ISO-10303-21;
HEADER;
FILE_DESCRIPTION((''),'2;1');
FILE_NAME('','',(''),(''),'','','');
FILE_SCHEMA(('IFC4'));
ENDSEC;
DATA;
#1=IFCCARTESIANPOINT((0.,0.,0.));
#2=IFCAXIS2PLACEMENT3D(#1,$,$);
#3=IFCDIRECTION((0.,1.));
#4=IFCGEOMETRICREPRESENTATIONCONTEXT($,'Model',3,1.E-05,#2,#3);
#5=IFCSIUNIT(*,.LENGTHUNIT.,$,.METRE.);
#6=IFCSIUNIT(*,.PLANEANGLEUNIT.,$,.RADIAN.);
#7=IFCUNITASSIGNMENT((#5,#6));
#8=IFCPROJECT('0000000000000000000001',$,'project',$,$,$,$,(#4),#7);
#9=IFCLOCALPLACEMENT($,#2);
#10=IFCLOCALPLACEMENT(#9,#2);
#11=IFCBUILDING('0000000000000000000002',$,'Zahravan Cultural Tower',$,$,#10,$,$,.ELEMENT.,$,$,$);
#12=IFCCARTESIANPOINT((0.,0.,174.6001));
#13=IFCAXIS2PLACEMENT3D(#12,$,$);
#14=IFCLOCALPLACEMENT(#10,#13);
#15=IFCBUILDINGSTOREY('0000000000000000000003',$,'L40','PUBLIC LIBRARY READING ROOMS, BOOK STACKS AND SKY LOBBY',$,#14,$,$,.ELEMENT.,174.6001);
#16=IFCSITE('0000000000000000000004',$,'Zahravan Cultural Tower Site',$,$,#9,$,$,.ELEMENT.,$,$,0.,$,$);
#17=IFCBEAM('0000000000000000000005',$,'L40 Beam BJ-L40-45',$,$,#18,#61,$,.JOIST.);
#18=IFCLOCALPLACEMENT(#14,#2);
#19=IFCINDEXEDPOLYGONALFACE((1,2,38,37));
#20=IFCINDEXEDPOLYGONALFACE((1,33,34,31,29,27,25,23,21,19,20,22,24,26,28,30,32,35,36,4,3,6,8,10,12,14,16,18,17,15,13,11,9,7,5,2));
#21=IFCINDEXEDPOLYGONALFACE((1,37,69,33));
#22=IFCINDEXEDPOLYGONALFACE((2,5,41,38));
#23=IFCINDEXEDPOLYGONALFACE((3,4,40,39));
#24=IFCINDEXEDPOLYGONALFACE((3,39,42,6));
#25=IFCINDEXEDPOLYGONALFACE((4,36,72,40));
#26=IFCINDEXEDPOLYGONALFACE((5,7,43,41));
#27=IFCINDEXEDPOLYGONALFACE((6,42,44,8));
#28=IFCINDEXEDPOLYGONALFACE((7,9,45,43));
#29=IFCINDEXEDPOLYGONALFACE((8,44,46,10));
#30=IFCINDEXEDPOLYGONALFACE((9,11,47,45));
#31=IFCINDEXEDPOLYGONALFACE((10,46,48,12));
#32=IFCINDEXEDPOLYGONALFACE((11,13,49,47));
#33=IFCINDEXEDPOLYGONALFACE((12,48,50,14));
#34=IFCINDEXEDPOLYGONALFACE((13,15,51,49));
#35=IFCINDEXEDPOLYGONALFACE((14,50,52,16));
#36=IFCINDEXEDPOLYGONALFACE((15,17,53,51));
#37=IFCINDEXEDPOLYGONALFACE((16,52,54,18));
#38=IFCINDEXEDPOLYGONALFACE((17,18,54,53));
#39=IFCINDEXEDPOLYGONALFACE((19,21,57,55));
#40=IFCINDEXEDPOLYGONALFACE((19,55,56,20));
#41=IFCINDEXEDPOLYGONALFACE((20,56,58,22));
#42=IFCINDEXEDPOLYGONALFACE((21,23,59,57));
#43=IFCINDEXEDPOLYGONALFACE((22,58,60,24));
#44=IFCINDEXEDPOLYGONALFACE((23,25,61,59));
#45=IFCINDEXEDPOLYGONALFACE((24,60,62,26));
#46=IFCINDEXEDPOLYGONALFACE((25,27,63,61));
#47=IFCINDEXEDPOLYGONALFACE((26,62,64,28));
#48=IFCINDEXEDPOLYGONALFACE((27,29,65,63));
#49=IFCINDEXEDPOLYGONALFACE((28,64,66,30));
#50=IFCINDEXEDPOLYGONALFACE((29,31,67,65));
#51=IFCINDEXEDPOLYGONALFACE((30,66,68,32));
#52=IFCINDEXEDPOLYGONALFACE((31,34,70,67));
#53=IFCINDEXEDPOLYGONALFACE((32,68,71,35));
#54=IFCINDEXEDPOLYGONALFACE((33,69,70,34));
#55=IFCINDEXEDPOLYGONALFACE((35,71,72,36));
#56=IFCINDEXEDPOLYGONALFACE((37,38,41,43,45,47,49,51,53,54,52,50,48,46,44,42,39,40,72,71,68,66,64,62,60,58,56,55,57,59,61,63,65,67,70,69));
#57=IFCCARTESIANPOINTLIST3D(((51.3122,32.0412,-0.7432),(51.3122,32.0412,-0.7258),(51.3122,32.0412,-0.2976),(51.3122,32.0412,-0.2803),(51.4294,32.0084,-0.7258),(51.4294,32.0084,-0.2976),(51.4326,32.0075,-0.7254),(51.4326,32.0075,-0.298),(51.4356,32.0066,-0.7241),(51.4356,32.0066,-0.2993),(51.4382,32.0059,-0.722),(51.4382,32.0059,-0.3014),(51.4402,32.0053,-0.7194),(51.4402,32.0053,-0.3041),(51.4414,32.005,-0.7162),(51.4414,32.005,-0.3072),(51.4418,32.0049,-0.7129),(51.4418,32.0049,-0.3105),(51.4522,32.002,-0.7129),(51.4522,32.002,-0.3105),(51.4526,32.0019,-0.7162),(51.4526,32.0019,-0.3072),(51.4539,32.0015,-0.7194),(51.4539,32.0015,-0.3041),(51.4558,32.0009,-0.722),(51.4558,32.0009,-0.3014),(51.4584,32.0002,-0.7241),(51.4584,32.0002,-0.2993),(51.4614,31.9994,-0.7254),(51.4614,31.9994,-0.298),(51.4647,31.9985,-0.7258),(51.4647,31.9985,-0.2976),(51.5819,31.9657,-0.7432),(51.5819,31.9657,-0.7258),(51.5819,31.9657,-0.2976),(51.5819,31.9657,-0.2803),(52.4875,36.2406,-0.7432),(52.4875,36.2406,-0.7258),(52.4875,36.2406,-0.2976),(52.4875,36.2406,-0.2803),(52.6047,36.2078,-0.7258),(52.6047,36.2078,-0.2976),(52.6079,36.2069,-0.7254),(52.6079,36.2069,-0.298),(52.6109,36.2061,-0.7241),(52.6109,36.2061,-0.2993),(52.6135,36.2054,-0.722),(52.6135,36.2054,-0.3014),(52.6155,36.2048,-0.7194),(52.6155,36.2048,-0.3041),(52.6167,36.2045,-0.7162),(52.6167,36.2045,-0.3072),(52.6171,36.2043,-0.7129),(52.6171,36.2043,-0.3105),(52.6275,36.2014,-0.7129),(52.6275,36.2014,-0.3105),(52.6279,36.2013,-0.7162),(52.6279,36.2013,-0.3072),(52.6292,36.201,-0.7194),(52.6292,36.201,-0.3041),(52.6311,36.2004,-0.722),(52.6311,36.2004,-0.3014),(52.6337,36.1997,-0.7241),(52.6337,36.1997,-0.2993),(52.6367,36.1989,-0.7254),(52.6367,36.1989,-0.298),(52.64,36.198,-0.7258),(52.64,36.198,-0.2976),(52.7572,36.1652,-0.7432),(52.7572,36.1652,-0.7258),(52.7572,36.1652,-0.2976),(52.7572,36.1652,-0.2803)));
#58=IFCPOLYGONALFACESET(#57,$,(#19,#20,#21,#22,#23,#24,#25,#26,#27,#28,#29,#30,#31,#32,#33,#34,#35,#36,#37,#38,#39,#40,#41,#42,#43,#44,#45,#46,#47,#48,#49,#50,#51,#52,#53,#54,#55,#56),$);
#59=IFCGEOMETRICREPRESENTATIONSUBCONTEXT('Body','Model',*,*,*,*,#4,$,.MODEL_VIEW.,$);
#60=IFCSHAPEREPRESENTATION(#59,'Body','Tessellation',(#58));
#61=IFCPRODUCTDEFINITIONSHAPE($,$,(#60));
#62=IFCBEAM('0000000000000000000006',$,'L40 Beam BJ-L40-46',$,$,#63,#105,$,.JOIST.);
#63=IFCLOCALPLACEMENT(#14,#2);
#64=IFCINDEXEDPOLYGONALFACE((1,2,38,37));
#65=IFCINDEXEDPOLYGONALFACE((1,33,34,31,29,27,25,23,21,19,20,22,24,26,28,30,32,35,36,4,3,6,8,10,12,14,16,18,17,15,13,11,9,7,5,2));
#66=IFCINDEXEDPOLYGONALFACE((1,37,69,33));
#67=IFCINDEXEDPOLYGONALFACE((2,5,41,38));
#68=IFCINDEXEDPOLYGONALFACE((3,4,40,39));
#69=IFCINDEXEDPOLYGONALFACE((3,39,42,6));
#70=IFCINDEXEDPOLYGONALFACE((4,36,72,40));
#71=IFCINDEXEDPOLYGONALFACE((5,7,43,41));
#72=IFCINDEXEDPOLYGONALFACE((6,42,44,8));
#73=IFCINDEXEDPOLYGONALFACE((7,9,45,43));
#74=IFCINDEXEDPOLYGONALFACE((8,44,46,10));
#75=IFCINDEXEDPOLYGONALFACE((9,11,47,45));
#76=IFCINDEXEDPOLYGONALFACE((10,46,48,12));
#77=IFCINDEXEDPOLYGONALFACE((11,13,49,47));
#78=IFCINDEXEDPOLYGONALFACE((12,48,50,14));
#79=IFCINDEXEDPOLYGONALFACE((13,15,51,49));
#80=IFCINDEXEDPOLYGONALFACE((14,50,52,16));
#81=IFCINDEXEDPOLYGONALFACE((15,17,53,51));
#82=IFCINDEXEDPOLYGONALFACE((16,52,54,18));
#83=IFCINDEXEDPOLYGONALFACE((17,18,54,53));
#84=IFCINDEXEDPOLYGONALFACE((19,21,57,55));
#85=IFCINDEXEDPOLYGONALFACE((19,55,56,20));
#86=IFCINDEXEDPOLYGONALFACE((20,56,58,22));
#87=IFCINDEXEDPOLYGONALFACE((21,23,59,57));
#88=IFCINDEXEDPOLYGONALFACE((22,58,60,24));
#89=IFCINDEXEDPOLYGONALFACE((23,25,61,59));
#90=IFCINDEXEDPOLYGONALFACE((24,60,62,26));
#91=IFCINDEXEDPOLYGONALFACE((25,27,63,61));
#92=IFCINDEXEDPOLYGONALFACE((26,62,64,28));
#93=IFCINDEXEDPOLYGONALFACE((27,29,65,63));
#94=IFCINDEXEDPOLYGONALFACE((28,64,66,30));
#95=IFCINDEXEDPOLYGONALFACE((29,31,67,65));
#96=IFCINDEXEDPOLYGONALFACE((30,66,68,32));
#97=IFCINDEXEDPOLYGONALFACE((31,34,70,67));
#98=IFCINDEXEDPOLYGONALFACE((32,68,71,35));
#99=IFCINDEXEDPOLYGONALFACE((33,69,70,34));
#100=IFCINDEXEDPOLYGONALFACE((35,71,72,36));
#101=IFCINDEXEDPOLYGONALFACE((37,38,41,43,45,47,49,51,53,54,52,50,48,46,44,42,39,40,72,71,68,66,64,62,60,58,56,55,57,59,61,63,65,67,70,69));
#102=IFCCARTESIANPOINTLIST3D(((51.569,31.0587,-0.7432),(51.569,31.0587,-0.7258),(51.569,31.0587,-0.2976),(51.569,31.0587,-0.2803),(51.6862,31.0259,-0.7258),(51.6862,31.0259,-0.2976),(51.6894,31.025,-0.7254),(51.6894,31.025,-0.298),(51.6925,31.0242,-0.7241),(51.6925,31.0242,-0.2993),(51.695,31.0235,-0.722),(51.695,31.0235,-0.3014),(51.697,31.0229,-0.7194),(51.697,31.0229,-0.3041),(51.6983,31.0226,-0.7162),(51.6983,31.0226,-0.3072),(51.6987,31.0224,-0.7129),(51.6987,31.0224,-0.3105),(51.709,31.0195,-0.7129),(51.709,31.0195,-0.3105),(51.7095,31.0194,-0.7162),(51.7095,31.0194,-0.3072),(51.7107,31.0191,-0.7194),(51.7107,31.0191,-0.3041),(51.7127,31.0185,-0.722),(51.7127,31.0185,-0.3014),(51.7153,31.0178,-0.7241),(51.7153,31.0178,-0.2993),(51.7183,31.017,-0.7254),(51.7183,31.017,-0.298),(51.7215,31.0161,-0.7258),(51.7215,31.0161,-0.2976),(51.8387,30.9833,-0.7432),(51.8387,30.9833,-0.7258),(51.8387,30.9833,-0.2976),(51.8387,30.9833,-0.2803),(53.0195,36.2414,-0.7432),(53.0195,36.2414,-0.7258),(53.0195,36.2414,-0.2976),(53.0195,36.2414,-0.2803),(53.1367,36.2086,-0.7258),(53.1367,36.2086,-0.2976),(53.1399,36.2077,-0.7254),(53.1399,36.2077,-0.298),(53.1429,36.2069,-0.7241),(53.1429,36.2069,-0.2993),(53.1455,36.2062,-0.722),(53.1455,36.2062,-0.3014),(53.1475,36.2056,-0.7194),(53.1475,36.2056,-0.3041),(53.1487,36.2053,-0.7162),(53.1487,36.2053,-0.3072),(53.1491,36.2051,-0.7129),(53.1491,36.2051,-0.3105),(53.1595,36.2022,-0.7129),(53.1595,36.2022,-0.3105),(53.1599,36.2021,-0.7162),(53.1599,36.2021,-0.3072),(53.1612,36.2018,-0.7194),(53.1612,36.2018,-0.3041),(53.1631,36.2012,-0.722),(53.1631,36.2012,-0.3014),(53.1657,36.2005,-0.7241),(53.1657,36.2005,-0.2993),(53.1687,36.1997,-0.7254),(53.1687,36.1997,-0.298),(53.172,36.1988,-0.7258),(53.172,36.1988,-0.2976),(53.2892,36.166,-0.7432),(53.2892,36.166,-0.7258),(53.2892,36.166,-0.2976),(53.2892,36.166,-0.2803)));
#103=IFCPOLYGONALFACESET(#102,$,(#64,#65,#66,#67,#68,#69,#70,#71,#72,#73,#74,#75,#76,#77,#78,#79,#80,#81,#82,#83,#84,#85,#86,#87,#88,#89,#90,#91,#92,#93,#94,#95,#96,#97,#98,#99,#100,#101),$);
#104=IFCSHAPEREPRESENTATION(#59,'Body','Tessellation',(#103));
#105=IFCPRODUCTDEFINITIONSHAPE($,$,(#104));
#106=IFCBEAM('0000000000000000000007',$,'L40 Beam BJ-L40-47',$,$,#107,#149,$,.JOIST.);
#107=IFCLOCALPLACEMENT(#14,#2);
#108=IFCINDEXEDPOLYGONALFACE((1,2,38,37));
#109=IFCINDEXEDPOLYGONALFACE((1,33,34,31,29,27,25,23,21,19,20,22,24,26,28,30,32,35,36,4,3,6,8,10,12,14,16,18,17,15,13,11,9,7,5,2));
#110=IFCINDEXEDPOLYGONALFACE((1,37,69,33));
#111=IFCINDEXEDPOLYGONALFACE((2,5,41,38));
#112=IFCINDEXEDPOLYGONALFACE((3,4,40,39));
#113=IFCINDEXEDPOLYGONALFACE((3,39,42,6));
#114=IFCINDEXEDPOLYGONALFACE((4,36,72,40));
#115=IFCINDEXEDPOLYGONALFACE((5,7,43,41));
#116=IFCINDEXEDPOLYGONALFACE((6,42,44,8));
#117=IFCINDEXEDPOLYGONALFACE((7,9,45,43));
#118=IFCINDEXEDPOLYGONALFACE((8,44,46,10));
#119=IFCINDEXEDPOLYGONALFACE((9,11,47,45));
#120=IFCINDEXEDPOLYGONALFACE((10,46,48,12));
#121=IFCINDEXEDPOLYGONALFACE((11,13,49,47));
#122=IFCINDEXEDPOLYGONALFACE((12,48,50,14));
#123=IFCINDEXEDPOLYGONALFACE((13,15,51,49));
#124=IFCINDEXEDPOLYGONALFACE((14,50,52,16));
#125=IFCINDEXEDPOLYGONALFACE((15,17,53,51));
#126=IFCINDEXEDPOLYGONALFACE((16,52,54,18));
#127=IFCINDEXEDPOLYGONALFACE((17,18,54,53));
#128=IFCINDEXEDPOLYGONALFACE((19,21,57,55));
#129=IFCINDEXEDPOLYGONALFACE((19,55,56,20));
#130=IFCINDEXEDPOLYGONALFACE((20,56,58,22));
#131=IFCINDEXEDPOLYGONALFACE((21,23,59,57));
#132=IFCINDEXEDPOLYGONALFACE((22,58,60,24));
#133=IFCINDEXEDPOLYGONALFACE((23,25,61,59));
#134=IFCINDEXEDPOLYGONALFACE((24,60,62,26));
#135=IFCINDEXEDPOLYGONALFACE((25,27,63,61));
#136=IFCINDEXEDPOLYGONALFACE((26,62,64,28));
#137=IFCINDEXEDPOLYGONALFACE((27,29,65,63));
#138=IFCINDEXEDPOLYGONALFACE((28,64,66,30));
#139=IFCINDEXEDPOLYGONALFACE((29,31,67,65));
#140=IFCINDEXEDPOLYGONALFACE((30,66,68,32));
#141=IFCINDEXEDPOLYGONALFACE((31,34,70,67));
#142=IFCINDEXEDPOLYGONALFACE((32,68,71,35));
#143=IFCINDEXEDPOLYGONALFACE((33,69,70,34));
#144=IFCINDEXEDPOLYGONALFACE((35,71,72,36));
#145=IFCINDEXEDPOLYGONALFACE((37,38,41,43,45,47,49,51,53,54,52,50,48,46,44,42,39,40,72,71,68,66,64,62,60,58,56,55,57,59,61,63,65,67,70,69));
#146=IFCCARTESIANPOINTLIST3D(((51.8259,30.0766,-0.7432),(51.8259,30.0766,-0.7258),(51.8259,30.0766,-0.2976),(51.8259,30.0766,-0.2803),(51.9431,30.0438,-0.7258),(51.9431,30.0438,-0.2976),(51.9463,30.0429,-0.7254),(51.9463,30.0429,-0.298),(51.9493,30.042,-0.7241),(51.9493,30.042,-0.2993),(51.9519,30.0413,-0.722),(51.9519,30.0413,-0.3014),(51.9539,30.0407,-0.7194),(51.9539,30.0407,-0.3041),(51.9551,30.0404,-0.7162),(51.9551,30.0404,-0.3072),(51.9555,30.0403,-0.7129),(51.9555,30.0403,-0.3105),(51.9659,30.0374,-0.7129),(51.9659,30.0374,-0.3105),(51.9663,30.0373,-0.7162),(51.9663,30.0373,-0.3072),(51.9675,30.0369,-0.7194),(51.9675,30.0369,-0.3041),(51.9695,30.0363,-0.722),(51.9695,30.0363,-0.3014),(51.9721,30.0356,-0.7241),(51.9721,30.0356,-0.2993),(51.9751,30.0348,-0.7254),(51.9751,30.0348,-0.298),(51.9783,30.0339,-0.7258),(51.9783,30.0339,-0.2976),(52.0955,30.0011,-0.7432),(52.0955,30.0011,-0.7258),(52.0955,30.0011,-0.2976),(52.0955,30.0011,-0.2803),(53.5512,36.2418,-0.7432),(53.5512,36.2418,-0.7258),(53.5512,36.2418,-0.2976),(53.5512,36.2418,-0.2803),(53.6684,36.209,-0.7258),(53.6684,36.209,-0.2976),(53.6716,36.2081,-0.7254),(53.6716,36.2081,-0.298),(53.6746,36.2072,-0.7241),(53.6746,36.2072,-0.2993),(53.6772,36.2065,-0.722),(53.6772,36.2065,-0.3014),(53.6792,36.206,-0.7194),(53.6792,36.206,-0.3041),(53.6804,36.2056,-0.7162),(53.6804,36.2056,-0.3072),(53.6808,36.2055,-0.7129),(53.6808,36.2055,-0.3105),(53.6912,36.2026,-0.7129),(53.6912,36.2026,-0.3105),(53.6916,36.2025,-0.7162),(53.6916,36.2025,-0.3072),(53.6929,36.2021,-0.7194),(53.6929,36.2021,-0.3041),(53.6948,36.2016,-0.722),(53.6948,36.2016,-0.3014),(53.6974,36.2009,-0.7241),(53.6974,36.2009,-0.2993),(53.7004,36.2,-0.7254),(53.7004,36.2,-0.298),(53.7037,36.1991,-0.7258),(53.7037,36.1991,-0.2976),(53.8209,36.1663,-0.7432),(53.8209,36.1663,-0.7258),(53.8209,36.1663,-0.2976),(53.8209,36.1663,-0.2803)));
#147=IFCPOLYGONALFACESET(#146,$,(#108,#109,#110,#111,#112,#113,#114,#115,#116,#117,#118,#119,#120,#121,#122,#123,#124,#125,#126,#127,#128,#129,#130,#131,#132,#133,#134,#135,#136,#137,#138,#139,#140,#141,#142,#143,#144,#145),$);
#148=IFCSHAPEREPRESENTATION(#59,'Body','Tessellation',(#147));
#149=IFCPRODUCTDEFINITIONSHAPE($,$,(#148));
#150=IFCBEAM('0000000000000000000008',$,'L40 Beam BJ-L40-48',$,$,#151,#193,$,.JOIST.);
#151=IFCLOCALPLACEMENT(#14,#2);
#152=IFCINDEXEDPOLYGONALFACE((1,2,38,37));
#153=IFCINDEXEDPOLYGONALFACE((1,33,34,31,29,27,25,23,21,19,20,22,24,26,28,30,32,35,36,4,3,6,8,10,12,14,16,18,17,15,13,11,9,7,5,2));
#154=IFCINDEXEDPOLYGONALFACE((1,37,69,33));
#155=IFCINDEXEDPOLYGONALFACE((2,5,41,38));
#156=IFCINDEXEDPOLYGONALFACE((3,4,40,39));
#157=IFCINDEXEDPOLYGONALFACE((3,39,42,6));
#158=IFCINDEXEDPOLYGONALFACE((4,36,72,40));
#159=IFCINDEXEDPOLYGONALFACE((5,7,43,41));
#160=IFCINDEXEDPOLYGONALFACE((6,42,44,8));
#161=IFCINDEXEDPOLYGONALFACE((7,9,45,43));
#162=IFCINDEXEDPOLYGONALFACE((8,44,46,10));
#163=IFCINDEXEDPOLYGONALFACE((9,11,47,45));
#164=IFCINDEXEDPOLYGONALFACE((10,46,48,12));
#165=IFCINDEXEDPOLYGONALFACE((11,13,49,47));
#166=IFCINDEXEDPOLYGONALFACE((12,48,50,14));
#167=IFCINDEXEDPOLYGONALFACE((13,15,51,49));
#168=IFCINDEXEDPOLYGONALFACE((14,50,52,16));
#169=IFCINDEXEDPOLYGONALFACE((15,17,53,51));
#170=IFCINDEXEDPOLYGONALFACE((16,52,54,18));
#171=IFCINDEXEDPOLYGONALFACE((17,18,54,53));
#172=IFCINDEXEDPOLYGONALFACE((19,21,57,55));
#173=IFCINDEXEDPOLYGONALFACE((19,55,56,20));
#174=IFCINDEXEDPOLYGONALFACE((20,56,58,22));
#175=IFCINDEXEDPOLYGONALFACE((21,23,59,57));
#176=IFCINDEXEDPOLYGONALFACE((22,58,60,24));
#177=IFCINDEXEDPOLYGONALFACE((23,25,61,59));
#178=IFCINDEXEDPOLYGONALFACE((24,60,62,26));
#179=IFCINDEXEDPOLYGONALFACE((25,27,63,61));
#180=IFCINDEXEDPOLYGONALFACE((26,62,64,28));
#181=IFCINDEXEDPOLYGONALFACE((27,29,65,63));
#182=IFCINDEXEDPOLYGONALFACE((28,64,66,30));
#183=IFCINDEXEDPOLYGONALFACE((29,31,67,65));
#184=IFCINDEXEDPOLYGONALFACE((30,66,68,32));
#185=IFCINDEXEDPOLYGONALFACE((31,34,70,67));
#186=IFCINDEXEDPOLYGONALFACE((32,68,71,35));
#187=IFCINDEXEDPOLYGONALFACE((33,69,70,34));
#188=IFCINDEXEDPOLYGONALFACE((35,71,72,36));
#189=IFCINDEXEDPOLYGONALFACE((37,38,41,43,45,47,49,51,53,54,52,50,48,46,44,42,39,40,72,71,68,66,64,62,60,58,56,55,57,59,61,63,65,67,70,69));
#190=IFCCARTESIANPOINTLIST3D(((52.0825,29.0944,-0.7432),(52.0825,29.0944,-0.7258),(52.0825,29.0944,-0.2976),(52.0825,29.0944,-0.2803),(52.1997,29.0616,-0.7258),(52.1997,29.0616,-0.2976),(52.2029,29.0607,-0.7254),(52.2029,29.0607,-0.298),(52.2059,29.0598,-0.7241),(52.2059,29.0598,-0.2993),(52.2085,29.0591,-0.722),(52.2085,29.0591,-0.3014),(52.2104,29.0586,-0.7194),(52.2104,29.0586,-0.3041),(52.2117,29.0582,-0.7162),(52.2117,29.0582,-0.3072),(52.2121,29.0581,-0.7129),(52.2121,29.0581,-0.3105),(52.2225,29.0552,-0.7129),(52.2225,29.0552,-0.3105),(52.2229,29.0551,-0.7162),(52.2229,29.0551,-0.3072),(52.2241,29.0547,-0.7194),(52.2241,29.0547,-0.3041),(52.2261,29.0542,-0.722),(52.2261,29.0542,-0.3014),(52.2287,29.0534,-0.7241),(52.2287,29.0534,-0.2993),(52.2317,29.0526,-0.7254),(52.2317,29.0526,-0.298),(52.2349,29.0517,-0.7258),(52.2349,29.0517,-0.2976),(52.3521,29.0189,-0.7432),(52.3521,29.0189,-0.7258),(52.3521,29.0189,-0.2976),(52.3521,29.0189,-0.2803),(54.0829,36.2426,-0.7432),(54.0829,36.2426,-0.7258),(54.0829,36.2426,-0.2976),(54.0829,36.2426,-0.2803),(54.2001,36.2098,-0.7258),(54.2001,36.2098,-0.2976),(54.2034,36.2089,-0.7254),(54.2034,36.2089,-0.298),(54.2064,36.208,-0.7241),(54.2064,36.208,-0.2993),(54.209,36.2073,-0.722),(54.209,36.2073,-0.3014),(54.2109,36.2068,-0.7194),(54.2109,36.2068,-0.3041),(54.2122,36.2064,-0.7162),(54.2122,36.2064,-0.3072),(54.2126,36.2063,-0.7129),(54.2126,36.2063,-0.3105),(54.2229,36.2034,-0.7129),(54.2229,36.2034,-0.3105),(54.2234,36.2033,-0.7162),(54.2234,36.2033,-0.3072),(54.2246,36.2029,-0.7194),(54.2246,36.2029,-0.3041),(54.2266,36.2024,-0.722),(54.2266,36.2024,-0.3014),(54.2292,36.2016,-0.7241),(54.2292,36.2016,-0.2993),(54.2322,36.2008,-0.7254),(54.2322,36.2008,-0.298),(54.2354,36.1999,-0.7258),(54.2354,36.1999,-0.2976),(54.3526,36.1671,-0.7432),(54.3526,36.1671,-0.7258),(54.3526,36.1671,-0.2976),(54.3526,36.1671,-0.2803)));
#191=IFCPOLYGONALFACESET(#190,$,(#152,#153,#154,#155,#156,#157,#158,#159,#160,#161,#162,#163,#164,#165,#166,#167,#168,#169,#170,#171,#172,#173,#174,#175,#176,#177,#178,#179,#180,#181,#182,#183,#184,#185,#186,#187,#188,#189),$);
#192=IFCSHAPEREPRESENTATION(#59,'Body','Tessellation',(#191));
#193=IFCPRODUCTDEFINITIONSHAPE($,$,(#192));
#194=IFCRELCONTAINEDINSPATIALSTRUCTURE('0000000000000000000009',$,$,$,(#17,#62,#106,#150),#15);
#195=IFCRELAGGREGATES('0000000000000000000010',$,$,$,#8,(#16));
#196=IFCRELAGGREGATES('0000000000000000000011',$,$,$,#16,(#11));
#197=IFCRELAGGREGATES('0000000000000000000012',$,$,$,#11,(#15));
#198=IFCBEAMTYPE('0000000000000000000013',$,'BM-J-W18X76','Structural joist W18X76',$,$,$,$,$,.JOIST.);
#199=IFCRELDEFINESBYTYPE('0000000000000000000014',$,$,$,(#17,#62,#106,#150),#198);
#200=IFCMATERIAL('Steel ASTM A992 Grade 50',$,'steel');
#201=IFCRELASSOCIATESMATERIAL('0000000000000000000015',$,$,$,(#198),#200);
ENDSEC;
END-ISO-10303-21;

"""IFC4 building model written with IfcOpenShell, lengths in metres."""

from ifc_helpers import new_model, si_unit, direction, frame, origin, origin_2d, place, context, subcontext, project, spatial, i_section, extrude, source, transform, mapped, material, material_profile, profile_set, type_object, element, save


model = new_model("IFC4")

# Units and contexts
model_context = context("Model", 3, precision=1e-05, world=origin(), true_north=direction((0.0, 1.0)))
body_context = subcontext(model_context, "Body", "Model", "MODEL_VIEW")
ifc_project = project(units=[si_unit("LENGTHUNIT", "METRE"), si_unit("PLANEANGLEUNIT", "RADIAN")], contexts=[model_context])

# Site, building, storey
site_placement = place(None, origin())
site = spatial("IfcSite", under=ifc_project, at=site_placement, Name="Zahravan Cultural Tower Site", CompositionType="ELEMENT", RefElevation=0.0)
building_placement = place(site_placement, origin())
building = spatial("IfcBuilding", under=site, at=building_placement, Name="Zahravan Cultural Tower", CompositionType="ELEMENT")
storey_placement = place(building_placement, frame((0.0, 0.0, 174.6001)))
storey = spatial("IfcBuildingStorey", under=building, at=storey_placement, Name="L40", Description="PUBLIC LIBRARY READING ROOMS, BOOK STACKS AND SKY LOBBY", CompositionType="ELEMENT", Elevation=174.6001)

# Shared definitions
ifc_material_1 = material(Name="Steel ASTM A992 Grade 50", Category="steel")

# Beams
ifc_material_profile_1 = material_profile(ifc_material_1, i_section(OverallWidth=0.28, OverallDepth=0.4629, WebThickness=0.0107, FlangeThickness=0.0173, FilletRadius=0.0129, at=origin_2d()), Name="W18X76")
ifc_profile_set_1 = profile_set([ifc_material_profile_1], Name="Steel ASTM A992 Grade 50")
beam_type_1 = type_object("IfcBeamType", Name="BM-J-W18X76", Description="Structural joist W18X76", PredefinedType="JOIST", material=ifc_profile_set_1)
shared_shape_1 = source(origin(), body_context, "Body", "SweptSolid", [
    extrude(i_section(OverallWidth=0.28, OverallDepth=0.4629, WebThickness=0.0107, FlangeThickness=0.0173, FilletRadius=0.0129, at=origin_2d()), origin(), (0.0, 0.0, 1.0), 4.3608),
])
beam_1_placement = place(storey_placement, frame((51.447, 32.0034, -0.5117), z_axis=(0.269512, 0.962997, 0.0), x_axis=(-0.962997, 0.269512, 0.0)))
element("IfcBeam", 1, at=beam_1_placement, inside=storey, type_object=beam_type_1, Name="L40 Beam BJ-L40-45", PredefinedType="JOIST", context=body_context, shape_type="MappedRepresentation", body=[
    mapped(shared_shape_1, transform((0.0, 0.0, 0.0), x_axis=(1.0, 0.0, 0.0), y_axis=(0.0, 1.0, 0.0), z_axis=(0.0, 0.0, 1.0), scale=1.0)),
])
shared_shape_2 = source(origin(), body_context, "Body", "SweptSolid", [
    extrude(i_section(OverallWidth=0.28, OverallDepth=0.4629, WebThickness=0.0107, FlangeThickness=0.0173, FilletRadius=0.0129, at=origin_2d()), origin(), (0.0, 0.0, 1.0), 5.3818),
])
beam_2_placement = place(storey_placement, frame((51.7039, 31.021, -0.5117), z_axis=(0.26951, 0.962997, 0.0), x_axis=(-0.962997, 0.26951, 0.0)))
element("IfcBeam", 2, at=beam_2_placement, inside=storey, type_object=beam_type_1, Name="L40 Beam BJ-L40-46", PredefinedType="JOIST", context=body_context, shape_type="MappedRepresentation", body=[
    mapped(shared_shape_2, transform((0.0, 0.0, 0.0), x_axis=(1.0, 0.0, 0.0), y_axis=(0.0, 1.0, 0.0), z_axis=(0.0, 0.0, 1.0), scale=1.0)),
])
shared_shape_3 = source(origin(), body_context, "Body", "SweptSolid", [
    extrude(i_section(OverallWidth=0.28, OverallDepth=0.4629, WebThickness=0.0107, FlangeThickness=0.0173, FilletRadius=0.0129, at=origin_2d()), origin(), (0.0, 0.0, 1.0), 6.4021),
])
beam_3_placement = place(storey_placement, frame((51.9607, 30.0388, -0.5117), z_axis=(0.269494, 0.963002, 0.0), x_axis=(-0.963002, 0.269494, 0.0)))
element("IfcBeam", 3, at=beam_3_placement, inside=storey, type_object=beam_type_1, Name="L40 Beam BJ-L40-47", PredefinedType="JOIST", context=body_context, shape_type="MappedRepresentation", body=[
    mapped(shared_shape_3, transform((0.0, 0.0, 0.0), x_axis=(1.0, 0.0, 0.0), y_axis=(0.0, 1.0, 0.0), z_axis=(0.0, 0.0, 1.0), scale=1.0)),
])
shared_shape_4 = source(origin(), body_context, "Body", "SweptSolid", [
    extrude(i_section(OverallWidth=0.28, OverallDepth=0.4629, WebThickness=0.0107, FlangeThickness=0.0173, FilletRadius=0.0129, at=origin_2d()), origin(), (0.0, 0.0, 1.0), 7.4229),
])
beam_4_placement = place(storey_placement, frame((52.2173, 29.0566, -0.5117), z_axis=(0.269504, 0.962999, 0.0), x_axis=(-0.962999, 0.269504, 0.0)))
element("IfcBeam", 4, at=beam_4_placement, inside=storey, type_object=beam_type_1, Name="L40 Beam BJ-L40-48", PredefinedType="JOIST", context=body_context, shape_type="MappedRepresentation", body=[
    mapped(shared_shape_4, transform((0.0, 0.0, 0.0), x_axis=(1.0, 0.0, 0.0), y_axis=(0.0, 1.0, 0.0), z_axis=(0.0, 0.0, 1.0), scale=1.0)),
])

save(model, "model.ifc")
